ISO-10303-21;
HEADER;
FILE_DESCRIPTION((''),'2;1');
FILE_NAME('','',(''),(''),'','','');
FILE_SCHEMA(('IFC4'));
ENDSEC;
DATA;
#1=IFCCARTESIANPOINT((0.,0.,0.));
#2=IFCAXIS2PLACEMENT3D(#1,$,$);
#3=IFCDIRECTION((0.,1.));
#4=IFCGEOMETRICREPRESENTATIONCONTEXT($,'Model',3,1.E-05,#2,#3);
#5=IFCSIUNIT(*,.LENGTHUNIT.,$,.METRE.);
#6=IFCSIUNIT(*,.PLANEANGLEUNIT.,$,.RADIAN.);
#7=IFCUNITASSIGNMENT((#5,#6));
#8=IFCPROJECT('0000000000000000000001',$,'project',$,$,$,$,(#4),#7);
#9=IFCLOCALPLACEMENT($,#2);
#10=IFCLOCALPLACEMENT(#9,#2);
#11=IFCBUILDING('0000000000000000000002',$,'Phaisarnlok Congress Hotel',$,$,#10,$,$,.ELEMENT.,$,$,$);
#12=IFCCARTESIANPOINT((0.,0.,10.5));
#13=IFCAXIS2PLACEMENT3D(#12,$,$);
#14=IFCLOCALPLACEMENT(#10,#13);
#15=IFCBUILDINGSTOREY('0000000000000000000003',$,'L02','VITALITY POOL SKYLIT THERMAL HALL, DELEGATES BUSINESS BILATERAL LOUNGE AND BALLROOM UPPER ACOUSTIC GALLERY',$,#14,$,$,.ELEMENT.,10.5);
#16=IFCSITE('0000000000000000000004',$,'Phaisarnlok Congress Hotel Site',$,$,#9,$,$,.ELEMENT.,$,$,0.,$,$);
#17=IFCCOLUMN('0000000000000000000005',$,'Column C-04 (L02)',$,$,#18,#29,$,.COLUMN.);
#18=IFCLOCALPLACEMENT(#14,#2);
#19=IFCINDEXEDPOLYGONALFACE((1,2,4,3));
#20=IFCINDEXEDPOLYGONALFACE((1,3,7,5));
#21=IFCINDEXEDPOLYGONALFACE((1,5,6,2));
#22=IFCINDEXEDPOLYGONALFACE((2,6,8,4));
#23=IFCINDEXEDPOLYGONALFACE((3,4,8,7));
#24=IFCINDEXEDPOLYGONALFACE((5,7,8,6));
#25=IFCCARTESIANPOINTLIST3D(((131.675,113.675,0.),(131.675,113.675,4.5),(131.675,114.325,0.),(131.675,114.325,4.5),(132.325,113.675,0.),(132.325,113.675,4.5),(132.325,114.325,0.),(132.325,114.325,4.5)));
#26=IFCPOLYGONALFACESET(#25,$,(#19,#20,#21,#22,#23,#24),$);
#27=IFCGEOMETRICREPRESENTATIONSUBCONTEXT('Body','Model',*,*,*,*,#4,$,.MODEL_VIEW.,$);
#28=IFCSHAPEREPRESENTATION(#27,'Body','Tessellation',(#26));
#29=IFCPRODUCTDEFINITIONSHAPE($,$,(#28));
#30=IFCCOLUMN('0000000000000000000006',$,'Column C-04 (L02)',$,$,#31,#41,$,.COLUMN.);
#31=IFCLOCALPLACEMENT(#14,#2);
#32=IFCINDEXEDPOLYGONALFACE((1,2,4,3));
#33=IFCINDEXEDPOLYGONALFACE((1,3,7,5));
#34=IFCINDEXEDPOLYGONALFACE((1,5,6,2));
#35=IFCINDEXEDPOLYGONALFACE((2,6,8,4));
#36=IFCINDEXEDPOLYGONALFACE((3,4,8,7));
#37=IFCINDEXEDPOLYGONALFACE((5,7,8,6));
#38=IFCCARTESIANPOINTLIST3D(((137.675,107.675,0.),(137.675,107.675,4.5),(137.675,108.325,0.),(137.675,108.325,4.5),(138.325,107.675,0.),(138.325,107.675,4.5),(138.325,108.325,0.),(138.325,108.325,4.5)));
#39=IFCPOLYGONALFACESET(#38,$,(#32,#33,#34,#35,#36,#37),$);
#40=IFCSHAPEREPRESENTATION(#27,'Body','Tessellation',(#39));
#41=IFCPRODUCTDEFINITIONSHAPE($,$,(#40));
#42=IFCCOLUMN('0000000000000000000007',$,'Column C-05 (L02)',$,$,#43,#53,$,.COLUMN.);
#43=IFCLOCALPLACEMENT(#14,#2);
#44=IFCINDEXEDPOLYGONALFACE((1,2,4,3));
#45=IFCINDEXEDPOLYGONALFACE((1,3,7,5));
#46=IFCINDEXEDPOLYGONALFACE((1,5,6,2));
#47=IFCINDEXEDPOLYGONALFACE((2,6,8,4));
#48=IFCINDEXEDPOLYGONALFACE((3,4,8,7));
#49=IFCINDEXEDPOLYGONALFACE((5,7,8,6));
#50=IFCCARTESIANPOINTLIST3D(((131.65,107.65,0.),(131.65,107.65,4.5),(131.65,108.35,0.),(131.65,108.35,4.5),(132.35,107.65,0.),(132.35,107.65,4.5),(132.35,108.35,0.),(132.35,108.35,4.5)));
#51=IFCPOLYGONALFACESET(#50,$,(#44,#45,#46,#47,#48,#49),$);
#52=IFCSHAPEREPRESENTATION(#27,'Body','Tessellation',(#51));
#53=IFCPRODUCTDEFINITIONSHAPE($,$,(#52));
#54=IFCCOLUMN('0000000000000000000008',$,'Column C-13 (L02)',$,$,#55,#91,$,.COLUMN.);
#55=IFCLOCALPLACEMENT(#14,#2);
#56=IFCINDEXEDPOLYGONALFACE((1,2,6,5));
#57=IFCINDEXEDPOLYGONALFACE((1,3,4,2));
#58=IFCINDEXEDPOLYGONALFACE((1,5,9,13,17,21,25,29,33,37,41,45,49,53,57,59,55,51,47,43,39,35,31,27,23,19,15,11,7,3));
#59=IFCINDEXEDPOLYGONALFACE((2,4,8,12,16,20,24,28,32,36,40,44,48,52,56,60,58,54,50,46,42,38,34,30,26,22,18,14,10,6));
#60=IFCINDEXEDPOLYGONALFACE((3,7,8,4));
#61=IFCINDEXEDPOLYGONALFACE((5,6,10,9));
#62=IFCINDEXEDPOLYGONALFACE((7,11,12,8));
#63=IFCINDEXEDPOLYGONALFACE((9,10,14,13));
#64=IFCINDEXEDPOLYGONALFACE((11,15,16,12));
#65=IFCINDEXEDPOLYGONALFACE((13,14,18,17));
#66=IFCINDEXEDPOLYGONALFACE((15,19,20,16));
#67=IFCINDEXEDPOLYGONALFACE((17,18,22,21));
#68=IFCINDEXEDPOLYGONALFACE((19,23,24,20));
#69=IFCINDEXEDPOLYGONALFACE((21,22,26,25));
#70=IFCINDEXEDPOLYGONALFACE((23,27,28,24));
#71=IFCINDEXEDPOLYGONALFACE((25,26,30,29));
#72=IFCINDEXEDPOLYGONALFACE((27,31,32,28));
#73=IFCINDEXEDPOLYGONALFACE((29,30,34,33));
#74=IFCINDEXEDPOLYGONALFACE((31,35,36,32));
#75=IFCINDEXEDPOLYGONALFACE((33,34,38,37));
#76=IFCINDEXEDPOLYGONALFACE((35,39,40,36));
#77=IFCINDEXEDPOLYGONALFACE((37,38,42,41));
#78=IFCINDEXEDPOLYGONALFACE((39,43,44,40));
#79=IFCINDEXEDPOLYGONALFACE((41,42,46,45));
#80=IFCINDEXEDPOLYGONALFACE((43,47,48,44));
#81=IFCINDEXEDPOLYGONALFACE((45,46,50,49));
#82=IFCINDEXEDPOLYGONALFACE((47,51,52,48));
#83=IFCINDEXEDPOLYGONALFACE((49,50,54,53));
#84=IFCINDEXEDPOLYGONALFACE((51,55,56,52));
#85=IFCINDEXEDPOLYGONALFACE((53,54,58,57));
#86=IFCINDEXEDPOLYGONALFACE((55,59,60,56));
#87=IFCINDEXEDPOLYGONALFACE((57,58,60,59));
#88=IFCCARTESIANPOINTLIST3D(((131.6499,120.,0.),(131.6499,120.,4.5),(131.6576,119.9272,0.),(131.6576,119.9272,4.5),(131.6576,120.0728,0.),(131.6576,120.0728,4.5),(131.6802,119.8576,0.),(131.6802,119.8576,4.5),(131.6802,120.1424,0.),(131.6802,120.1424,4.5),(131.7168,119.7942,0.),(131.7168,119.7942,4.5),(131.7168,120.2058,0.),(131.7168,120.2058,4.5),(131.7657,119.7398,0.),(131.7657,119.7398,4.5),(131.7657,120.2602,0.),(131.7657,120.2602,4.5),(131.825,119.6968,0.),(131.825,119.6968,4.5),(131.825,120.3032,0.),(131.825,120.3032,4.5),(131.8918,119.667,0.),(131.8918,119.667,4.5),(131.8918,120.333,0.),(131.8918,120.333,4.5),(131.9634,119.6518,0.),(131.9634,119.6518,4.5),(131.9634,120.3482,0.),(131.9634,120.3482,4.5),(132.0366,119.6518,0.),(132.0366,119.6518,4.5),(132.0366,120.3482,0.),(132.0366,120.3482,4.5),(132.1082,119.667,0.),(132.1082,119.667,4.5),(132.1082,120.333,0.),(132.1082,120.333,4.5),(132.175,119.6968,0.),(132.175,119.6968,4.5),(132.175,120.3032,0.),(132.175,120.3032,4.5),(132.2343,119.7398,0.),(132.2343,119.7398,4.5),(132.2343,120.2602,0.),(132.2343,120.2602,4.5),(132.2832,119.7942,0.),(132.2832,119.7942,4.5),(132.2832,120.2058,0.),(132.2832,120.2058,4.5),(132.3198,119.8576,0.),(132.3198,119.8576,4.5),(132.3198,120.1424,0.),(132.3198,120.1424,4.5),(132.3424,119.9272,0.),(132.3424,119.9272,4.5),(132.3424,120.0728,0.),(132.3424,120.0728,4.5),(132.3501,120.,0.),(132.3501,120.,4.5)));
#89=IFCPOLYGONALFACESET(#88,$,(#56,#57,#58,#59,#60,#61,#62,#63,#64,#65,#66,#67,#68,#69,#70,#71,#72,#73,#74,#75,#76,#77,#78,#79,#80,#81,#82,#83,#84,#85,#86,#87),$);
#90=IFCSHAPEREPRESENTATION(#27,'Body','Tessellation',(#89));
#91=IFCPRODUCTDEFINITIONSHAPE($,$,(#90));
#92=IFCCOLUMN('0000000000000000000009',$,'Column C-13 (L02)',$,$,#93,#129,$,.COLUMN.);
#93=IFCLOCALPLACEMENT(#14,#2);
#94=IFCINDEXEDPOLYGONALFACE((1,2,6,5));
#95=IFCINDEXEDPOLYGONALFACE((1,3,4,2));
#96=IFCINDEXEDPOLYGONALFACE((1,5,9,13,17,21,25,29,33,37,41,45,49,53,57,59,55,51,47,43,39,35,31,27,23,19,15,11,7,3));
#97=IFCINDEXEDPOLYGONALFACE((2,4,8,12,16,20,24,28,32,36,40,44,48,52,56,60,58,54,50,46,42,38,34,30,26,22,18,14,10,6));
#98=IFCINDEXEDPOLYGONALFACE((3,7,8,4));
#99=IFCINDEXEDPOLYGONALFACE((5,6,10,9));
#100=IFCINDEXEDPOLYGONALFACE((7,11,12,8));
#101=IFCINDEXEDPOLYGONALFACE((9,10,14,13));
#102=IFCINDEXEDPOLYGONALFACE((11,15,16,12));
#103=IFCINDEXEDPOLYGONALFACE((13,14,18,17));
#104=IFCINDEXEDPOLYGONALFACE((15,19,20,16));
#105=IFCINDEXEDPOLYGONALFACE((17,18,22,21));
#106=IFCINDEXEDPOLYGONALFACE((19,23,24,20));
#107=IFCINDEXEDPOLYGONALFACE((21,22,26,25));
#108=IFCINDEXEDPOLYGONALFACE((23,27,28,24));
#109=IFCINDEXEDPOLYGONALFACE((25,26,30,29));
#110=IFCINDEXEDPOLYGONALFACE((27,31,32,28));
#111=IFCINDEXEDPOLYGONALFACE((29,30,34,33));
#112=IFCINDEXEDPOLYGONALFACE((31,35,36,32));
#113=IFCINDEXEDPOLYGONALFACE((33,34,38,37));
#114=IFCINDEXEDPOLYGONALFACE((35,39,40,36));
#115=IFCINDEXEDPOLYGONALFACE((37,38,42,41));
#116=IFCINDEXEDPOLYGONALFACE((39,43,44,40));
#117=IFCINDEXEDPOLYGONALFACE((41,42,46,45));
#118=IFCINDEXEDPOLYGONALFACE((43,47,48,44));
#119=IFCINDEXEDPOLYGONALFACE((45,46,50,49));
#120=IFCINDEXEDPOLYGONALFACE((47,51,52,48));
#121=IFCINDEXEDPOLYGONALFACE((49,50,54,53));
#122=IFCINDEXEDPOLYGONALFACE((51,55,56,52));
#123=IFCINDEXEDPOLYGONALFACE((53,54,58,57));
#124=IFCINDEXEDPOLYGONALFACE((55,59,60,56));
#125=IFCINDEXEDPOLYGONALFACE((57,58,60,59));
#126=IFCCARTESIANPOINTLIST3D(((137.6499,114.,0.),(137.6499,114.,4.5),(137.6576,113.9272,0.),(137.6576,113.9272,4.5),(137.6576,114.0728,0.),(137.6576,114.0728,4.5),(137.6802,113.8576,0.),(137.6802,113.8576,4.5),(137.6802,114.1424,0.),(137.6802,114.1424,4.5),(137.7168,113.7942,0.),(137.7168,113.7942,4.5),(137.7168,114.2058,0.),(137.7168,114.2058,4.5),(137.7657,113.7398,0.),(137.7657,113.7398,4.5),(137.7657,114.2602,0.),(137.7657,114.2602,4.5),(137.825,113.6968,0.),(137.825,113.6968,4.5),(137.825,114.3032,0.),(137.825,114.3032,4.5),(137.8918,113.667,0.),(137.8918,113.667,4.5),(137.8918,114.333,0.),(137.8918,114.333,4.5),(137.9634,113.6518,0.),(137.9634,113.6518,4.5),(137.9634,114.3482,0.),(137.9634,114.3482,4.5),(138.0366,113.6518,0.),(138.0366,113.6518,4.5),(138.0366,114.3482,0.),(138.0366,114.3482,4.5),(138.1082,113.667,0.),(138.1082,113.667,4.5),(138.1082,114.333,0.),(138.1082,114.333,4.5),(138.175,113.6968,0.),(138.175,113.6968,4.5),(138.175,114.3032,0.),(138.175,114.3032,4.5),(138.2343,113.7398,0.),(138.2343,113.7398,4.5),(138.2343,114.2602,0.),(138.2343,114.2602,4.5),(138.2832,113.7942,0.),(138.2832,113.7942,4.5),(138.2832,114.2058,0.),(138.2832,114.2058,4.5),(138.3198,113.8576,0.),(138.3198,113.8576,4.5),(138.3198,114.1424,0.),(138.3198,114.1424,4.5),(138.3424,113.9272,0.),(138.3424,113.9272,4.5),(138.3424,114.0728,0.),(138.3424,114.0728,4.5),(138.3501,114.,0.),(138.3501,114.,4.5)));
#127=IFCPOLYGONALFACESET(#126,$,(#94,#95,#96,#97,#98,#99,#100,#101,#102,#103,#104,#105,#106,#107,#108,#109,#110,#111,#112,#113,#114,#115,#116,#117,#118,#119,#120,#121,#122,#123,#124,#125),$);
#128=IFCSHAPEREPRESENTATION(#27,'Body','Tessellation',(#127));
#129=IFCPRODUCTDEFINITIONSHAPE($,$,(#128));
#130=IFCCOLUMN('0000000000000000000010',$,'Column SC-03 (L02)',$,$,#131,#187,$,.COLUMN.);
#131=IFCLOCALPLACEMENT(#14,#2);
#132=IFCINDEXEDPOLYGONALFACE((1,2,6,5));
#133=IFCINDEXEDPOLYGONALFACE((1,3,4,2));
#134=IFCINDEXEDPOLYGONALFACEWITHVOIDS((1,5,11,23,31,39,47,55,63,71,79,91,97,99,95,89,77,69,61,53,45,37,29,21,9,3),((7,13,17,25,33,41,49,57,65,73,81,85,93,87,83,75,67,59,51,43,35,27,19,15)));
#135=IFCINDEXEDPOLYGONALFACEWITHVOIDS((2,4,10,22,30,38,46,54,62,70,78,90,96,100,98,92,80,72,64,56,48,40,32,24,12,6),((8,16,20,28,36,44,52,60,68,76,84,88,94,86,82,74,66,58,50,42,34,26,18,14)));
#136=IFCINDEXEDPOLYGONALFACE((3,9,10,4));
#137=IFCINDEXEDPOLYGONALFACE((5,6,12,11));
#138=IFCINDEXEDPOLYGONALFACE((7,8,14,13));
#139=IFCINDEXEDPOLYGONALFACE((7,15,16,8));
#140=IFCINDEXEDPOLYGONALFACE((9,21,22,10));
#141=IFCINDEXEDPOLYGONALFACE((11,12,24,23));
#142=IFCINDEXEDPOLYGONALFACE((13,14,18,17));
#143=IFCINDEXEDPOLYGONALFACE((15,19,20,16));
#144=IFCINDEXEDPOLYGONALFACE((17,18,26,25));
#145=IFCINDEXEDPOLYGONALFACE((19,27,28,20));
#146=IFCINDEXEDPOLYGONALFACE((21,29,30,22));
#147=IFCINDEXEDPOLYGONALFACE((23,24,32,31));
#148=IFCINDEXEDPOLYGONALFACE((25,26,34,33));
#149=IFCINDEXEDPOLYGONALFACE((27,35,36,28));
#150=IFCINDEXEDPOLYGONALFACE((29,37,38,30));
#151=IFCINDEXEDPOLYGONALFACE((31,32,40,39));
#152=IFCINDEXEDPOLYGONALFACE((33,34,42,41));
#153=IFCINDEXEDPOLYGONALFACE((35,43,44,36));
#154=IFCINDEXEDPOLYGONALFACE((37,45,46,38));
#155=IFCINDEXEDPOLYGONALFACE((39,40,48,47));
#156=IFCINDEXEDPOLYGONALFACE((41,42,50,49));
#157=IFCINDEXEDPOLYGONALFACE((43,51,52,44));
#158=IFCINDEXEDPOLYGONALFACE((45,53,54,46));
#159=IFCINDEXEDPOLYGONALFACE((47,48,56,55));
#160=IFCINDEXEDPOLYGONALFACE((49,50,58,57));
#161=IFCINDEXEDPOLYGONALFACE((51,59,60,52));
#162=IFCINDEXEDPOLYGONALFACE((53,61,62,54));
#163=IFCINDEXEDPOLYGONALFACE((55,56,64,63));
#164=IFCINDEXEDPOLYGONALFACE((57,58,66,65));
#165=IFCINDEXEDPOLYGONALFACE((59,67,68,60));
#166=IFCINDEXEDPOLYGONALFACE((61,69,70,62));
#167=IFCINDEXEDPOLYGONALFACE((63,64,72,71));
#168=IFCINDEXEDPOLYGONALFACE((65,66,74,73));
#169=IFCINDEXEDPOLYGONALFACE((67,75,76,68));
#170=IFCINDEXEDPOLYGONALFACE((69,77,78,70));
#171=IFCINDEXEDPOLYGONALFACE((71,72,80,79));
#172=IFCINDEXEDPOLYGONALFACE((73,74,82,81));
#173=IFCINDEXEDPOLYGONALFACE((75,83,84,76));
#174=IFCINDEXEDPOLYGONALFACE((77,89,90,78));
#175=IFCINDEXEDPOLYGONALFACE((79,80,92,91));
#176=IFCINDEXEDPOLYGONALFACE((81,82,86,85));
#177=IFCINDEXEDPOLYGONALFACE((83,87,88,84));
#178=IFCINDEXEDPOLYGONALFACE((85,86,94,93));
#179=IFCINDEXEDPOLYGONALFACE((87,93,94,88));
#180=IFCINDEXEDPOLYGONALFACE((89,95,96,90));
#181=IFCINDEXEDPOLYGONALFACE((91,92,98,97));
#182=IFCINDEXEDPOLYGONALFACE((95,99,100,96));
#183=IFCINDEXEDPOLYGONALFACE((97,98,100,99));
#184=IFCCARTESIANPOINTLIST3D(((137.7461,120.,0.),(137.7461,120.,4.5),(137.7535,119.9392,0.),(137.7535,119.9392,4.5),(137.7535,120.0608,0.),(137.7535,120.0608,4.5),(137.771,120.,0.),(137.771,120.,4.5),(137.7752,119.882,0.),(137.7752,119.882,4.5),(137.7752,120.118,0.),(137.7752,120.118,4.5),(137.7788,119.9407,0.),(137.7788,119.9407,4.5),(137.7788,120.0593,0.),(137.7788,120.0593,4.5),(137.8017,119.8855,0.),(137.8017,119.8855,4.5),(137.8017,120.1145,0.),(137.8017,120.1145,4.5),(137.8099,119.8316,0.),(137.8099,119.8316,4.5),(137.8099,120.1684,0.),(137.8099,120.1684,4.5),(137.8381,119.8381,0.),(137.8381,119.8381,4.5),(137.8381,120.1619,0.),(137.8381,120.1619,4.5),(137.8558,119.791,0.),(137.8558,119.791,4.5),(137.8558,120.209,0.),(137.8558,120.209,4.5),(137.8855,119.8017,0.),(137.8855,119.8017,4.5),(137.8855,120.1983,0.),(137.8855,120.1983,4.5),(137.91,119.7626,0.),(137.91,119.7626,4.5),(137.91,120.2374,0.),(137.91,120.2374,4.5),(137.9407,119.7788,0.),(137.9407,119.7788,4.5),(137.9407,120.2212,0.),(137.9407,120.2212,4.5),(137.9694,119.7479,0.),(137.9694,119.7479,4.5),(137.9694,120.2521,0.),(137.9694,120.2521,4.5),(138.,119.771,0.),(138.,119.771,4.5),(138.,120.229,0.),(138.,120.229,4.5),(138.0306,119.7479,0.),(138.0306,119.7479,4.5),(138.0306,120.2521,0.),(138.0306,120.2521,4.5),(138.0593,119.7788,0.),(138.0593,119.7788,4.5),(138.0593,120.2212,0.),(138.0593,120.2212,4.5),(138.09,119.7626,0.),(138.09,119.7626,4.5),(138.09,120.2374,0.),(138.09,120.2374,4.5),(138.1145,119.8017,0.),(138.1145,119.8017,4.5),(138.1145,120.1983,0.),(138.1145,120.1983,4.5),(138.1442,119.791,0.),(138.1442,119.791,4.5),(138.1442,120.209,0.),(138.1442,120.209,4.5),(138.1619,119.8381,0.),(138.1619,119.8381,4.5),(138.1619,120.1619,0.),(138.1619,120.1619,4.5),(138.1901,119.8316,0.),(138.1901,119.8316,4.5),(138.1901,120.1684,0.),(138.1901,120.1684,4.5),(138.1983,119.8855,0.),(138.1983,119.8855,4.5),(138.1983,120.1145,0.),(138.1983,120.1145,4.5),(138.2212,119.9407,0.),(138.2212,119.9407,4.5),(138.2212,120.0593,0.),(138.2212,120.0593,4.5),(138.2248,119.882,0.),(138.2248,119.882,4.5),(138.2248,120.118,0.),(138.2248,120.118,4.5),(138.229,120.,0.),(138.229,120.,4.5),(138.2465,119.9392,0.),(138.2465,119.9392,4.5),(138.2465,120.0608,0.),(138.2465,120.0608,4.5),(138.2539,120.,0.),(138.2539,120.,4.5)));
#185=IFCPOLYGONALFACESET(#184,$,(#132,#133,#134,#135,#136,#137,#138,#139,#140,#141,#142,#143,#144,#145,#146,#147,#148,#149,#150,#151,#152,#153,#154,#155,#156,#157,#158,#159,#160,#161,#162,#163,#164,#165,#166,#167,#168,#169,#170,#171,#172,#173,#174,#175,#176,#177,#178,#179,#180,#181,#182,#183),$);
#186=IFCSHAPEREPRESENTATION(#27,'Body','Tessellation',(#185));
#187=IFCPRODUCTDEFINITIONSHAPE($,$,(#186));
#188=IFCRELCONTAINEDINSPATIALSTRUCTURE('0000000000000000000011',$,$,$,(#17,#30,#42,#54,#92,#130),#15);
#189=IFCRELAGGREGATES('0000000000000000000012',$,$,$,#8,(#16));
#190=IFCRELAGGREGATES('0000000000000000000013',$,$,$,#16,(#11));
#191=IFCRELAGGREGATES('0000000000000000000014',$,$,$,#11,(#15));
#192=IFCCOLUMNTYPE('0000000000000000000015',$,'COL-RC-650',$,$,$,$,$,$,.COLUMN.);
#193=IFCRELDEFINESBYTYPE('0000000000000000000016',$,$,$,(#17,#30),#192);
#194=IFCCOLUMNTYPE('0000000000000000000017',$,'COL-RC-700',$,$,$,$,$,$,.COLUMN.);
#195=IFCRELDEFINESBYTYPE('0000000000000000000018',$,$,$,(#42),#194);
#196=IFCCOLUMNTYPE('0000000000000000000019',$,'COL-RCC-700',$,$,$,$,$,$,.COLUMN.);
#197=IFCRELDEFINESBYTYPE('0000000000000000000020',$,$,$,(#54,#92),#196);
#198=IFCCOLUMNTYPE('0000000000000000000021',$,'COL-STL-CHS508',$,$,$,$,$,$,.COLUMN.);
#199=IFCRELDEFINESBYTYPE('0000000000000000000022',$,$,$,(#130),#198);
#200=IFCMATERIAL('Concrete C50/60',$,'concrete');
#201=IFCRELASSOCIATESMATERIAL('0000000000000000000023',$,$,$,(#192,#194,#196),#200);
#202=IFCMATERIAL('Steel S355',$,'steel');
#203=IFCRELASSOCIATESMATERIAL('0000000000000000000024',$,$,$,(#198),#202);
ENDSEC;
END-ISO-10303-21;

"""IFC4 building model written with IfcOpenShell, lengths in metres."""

from ifc_helpers import new_model, si_unit, direction, frame, origin, origin_2d, place, context, subcontext, project, spatial, rectangle, circle, hollow_circle, extrude, material, material_profile, profile_set, type_object, element, save


model = new_model("IFC4")

# Units and contexts
model_context = context("Model", 3, precision=1e-05, world=origin(), true_north=direction((0.0, 1.0)))
body_context = subcontext(model_context, "Body", "Model", "MODEL_VIEW")
ifc_project = project(units=[si_unit("LENGTHUNIT", "METRE"), si_unit("PLANEANGLEUNIT", "RADIAN")], contexts=[model_context])

# Site, building, storey
site_placement = place(None, origin())
site = spatial("IfcSite", under=ifc_project, at=site_placement, Name="Phaisarnlok Congress Hotel Site", CompositionType="ELEMENT", RefElevation=0.0)
building_placement = place(site_placement, origin())
building = spatial("IfcBuilding", under=site, at=building_placement, Name="Phaisarnlok Congress Hotel", CompositionType="ELEMENT")
storey_placement = place(building_placement, frame((0.0, 0.0, 10.5)))
storey = spatial("IfcBuildingStorey", under=building, at=storey_placement, Name="L02", Description="VITALITY POOL SKYLIT THERMAL HALL, DELEGATES BUSINESS BILATERAL LOUNGE AND BALLROOM UPPER ACOUSTIC GALLERY", CompositionType="ELEMENT", Elevation=10.5)

# Columns
ifc_material_1 = material(Name="Concrete C50/60", Category="concrete")
ifc_material_profile_1 = material_profile(ifc_material_1, rectangle(XDim=0.6499, YDim=0.6499, at=origin_2d()), Name="RC 650x650")
ifc_profile_set_1 = profile_set([ifc_material_profile_1], Name="Concrete C50/60")
column_type_1 = type_object("IfcColumnType", Name="COL-RC-650", PredefinedType="COLUMN", material=ifc_profile_set_1)
for number, where, z_axis, x_axis, name in (
    (1, (132.0, 114.0, 0.0), (0.0, 0.0, 1.0), (1.0, 0.0, 0.0), "Column C-04 (L02)"),
    (2, (138.0, 108.0, 0.0), (0.0, 0.0, 1.0), (1.0, 0.0, 0.0), "Column C-04 (L02)"),
):
    element("IfcColumn", number, at=place(storey_placement, frame(where, z_axis=z_axis, x_axis=x_axis)), inside=storey, type_object=column_type_1, Name=name, PredefinedType="COLUMN", context=body_context, shape_type="SweptSolid", body=[
        extrude(rectangle(XDim=0.6499, YDim=0.6499, at=origin_2d()), origin(), (0.0, 0.0, 1.0), 4.5),
    ])
ifc_material_profile_2 = material_profile(ifc_material_1, rectangle(XDim=0.7, YDim=0.7, at=origin_2d()), Name="RC 700x700")
ifc_profile_set_2 = profile_set([ifc_material_profile_2], Name="Concrete C50/60")
column_type_2 = type_object("IfcColumnType", Name="COL-RC-700", PredefinedType="COLUMN", material=ifc_profile_set_2)
column_1_placement = place(storey_placement, frame((132.0, 108.0, 0.0), z_axis=(0.0, 0.0, 1.0), x_axis=(1.0, 0.0, 0.0)))
element("IfcColumn", 3, at=column_1_placement, inside=storey, type_object=column_type_2, Name="Column C-05 (L02)", PredefinedType="COLUMN", context=body_context, shape_type="SweptSolid", body=[
    extrude(rectangle(XDim=0.7, YDim=0.7, at=origin_2d()), origin(), (0.0, 0.0, 1.0), 4.5),
])
ifc_material_profile_3 = material_profile(ifc_material_1, circle(Radius=0.3501, at=origin_2d()), Name="RCC D700")
ifc_profile_set_3 = profile_set([ifc_material_profile_3], Name="Concrete C50/60")
column_type_3 = type_object("IfcColumnType", Name="COL-RCC-700", PredefinedType="COLUMN", material=ifc_profile_set_3)
for number, where, z_axis, x_axis, name in (
    (4, (132.0, 120.0, 0.0), (0.0, 0.0, 1.0), (1.0, 0.0, 0.0), "Column C-13 (L02)"),
    (5, (138.0, 114.0, 0.0), (0.0, 0.0, 1.0), (1.0, 0.0, 0.0), "Column C-13 (L02)"),
):
    element("IfcColumn", number, at=place(storey_placement, frame(where, z_axis=z_axis, x_axis=x_axis)), inside=storey, type_object=column_type_3, Name=name, PredefinedType="COLUMN", context=body_context, shape_type="SweptSolid", body=[
        extrude(circle(Radius=0.3501, at=origin_2d()), origin(), (0.0, 0.0, 1.0), 4.5),
    ])
ifc_material_2 = material(Name="Steel S355", Category="steel")
ifc_material_profile_4 = material_profile(ifc_material_2, hollow_circle(Radius=0.2539, WallThickness=0.0249, at=origin_2d()), Name="CHS 508x25")
ifc_profile_set_4 = profile_set([ifc_material_profile_4], Name="Steel S355")
column_type_4 = type_object("IfcColumnType", Name="COL-STL-CHS508", PredefinedType="COLUMN", material=ifc_profile_set_4)
column_2_placement = place(storey_placement, frame((138.0, 120.0, 0.0), z_axis=(0.0, 0.0, 1.0), x_axis=(1.0, 0.0, 0.0)))
element("IfcColumn", 6, at=column_2_placement, inside=storey, type_object=column_type_4, Name="Column SC-03 (L02)", PredefinedType="COLUMN", context=body_context, shape_type="SweptSolid", body=[
    extrude(hollow_circle(Radius=0.2539, WallThickness=0.0249, at=origin_2d()), origin(), (0.0, 0.0, 1.0), 4.5),
])

save(model, "model.ifc")
